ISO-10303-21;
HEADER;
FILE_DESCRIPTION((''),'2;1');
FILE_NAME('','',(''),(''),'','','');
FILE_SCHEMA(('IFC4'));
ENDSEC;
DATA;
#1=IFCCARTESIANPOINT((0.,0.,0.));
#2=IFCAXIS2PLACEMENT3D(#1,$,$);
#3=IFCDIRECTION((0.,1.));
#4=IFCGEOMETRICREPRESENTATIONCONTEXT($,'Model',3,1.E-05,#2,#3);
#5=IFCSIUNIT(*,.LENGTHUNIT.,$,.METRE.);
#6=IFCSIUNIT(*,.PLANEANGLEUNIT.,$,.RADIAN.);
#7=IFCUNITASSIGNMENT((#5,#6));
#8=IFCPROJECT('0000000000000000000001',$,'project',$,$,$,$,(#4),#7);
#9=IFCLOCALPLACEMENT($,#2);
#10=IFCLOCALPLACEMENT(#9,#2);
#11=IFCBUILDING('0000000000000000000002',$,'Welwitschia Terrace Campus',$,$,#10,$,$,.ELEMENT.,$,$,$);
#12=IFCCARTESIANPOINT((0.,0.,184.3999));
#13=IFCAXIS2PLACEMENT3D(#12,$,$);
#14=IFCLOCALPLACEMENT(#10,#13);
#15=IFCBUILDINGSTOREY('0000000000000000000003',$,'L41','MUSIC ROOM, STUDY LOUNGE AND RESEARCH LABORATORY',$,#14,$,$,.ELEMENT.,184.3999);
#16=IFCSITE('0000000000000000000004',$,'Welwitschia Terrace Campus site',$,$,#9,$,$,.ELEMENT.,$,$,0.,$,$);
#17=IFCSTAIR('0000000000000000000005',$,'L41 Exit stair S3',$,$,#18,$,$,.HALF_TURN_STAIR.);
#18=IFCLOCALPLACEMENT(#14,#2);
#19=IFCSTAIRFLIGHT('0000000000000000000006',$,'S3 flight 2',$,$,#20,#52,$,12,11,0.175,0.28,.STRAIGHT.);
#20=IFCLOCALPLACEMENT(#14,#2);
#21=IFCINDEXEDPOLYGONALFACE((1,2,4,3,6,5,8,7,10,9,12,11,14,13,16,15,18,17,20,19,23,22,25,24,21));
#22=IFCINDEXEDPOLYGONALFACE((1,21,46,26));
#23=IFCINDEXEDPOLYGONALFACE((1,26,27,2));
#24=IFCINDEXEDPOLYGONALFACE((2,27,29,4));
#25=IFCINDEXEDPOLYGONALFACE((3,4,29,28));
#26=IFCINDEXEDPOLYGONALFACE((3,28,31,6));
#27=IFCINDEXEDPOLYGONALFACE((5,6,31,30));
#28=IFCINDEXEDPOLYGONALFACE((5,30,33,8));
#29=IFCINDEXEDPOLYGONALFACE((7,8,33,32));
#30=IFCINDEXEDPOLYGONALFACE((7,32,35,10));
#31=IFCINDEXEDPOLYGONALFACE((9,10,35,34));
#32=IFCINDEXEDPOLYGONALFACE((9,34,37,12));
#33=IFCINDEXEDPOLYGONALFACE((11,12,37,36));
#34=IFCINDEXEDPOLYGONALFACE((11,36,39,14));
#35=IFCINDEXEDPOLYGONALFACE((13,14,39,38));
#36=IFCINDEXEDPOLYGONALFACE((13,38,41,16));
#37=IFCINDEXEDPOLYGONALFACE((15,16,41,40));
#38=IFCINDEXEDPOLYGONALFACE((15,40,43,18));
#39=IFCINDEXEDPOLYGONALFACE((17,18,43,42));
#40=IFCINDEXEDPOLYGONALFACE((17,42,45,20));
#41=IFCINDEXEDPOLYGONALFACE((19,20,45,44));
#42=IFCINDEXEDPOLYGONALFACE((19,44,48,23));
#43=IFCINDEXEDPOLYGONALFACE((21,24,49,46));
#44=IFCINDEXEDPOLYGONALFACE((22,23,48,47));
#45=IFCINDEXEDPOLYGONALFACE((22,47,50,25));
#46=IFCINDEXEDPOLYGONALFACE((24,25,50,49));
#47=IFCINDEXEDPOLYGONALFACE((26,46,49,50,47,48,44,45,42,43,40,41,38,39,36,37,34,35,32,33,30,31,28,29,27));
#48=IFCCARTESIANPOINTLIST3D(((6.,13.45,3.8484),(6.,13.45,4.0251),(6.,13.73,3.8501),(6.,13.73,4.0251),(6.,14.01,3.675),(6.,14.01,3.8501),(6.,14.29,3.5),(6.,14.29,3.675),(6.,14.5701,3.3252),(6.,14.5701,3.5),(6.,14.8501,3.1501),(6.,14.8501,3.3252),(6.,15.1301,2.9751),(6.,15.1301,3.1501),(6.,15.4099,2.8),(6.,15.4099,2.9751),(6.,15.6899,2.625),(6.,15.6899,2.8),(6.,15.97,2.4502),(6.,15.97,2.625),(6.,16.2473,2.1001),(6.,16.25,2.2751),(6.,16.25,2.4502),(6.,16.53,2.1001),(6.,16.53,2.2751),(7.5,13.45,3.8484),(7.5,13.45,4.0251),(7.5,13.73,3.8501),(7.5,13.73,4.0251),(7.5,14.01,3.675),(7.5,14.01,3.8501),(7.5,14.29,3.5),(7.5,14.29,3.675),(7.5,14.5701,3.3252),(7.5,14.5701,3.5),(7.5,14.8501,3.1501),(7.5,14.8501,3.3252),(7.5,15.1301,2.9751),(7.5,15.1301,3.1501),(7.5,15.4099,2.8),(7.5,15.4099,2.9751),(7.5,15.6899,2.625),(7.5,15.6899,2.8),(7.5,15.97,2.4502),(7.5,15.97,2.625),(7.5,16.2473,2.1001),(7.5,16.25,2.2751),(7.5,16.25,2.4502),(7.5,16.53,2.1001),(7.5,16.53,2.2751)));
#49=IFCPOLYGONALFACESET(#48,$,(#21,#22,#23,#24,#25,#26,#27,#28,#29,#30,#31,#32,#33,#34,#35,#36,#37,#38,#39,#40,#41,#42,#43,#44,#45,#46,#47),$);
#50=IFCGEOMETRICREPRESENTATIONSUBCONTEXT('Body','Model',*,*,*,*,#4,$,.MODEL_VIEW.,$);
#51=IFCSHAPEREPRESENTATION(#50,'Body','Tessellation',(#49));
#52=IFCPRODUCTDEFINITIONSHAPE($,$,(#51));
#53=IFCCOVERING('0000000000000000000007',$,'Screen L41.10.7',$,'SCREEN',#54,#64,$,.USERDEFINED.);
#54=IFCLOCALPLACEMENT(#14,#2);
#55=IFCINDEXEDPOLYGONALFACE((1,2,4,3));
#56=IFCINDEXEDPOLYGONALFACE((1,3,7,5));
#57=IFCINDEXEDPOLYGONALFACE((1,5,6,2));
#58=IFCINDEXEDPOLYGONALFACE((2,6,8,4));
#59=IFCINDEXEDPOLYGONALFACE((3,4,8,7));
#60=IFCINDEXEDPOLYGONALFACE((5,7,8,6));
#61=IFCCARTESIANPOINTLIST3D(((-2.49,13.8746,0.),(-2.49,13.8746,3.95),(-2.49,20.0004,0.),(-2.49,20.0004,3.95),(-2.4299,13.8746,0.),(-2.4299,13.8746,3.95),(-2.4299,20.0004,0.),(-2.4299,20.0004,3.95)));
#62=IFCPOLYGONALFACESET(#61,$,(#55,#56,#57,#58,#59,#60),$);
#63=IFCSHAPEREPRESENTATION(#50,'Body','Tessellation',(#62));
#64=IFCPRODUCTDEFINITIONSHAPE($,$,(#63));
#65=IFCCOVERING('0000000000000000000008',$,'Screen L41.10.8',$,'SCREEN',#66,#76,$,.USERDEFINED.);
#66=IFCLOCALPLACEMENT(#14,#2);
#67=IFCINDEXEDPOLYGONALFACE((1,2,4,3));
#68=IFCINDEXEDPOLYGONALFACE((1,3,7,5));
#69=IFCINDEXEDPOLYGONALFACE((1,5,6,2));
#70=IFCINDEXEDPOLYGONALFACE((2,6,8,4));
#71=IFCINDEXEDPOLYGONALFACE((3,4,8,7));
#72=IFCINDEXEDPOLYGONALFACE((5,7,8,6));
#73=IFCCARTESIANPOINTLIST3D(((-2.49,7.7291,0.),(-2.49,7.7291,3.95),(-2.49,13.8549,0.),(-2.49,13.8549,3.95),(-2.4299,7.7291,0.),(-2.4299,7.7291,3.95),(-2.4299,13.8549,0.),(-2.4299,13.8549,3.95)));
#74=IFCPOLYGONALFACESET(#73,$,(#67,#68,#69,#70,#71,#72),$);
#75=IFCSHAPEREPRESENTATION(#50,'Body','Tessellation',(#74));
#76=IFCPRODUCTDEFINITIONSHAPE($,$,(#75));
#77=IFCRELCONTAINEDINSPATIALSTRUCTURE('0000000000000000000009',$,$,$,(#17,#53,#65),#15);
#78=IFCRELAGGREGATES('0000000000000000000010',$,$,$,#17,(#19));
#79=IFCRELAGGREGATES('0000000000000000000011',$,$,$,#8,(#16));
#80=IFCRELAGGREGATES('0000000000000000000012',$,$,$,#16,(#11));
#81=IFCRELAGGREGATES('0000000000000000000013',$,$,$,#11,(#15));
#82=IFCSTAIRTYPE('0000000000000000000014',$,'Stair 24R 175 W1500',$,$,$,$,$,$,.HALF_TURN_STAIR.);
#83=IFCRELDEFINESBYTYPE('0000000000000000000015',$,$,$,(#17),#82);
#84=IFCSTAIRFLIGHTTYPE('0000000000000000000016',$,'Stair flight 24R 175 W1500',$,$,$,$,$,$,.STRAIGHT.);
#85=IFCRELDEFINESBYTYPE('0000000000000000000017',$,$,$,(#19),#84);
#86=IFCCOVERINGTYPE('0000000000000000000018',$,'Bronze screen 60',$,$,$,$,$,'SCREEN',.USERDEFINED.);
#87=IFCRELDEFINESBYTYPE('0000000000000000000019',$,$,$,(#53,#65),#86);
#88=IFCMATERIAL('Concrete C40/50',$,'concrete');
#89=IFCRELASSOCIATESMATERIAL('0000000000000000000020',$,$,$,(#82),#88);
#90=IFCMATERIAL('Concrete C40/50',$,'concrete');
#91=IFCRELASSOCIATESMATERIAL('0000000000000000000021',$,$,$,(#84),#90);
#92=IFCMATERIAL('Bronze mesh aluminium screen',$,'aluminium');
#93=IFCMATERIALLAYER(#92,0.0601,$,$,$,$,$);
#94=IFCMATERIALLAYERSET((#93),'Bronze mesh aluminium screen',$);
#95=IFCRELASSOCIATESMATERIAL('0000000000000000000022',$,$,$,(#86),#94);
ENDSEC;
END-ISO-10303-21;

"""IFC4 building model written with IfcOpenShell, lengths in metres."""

from ifc_helpers import new_model, si_unit, direction, frame, origin, origin_2d, place, context, subcontext, project, spatial, polyline, rectangle, outline, extrude, material, layer, layer_set, type_object, element, aggregate, save


model = new_model("IFC4")

# Units and contexts
model_context = context("Model", 3, precision=1e-05, world=origin(), true_north=direction((0.0, 1.0)))
body_context = subcontext(model_context, "Body", "Model", "MODEL_VIEW")
ifc_project = project(units=[si_unit("LENGTHUNIT", "METRE"), si_unit("PLANEANGLEUNIT", "RADIAN")], contexts=[model_context])

# Site, building, storey
site_placement = place(None, origin())
site = spatial("IfcSite", under=ifc_project, at=site_placement, Name="Welwitschia Terrace Campus site", CompositionType="ELEMENT", RefElevation=0.0)
building_placement = place(site_placement, origin())
building = spatial("IfcBuilding", under=site, at=building_placement, Name="Welwitschia Terrace Campus", CompositionType="ELEMENT")
storey_placement = place(building_placement, frame((0.0, 0.0, 184.3999)))
storey = spatial("IfcBuildingStorey", under=building, at=storey_placement, Name="L41", Description="MUSIC ROOM, STUDY LOUNGE AND RESEARCH LABORATORY", CompositionType="ELEMENT", Elevation=184.3999)

# Stair, stair flight
ifc_material_1 = material(Name="Concrete C40/50", Category="concrete")
stair_type = type_object("IfcStairType", Name="Stair 24R 175 W1500", PredefinedType="HALF_TURN_STAIR", material=ifc_material_1)
ifc_material_2 = material(Name="Concrete C40/50", Category="concrete")
stair_flight_type = type_object("IfcStairFlightType", Name="Stair flight 24R 175 W1500", PredefinedType="STRAIGHT", material=ifc_material_2)
stair_1_placement = place(storey_placement, origin())
stair_1 = element("IfcStair", 1, at=stair_1_placement, inside=storey, type_object=stair_type, Name="L41 Exit stair S3", PredefinedType="HALF_TURN_STAIR")
stair_flight_1_placement = place(storey_placement, frame((6.75, 16.53, 2.1001), z_axis=(0.0, 0.0, 1.0), x_axis=(0.0, -1.0, 0.0)))
stair_flight_1 = element("IfcStairFlight", 2, at=stair_flight_1_placement, type_object=stair_flight_type, Name="S3 flight 2", NumberOfRisers=12, NumberOfTreads=11, PredefinedType="STRAIGHT", RiserHeight=0.175, TreadLength=0.28, context=body_context, shape_type="SweptSolid", body=[
    extrude(outline(polyline([(0.0, 0.0), (0.0, 0.175), (0.28, 0.175), (0.28, 0.3501), (0.5601, 0.3501), (0.5601, 0.5249), (0.8401, 0.5249), (0.8401, 0.7), (1.1201, 0.7), (1.1201, 0.875), (1.3999, 0.875), (1.3999, 1.05), (1.6799, 1.05), (1.6799, 1.2251), (1.96, 1.2251), (1.96, 1.3999), (2.24, 1.3999), (2.24, 1.575), (2.52, 1.575), (2.52, 1.75), (2.8, 1.75), (2.8, 1.925), (3.0801, 1.925), (3.0801, 2.1001), (3.0801, 1.7483), (0.2827, 0.0), (0.0, 0.0)])), frame((0.0, 0.75, 0.0), z_axis=(0.0, -1.0, 0.0), x_axis=(1.0, 0.0, 0.0)), (0.0, 0.0, 1.0), 1.5),
])
aggregate(stair_1, [stair_flight_1])

# Coverings
ifc_material_3 = material(Name="Bronze mesh aluminium screen", Category="aluminium")
ifc_layer_1 = layer(ifc_material_3, 0.0601)
ifc_layer_set_1 = layer_set([ifc_layer_1], Name="Bronze mesh aluminium screen")
covering_type = type_object("IfcCoveringType", Name="Bronze screen 60", ElementType="SCREEN", PredefinedType="USERDEFINED", material=ifc_layer_set_1)
for number, where, z_axis, x_axis, name in (
    (3, (-2.46, 16.9375, 0.0), (0.0, 0.0, 1.0), (0.0, -1.0, 0.0), "Screen L41.10.7"),
    (4, (-2.46, 10.792, 0.0), (0.0, 0.0, 1.0), (0.0, -1.0, 0.0), "Screen L41.10.8"),
):
    element("IfcCovering", number, at=place(storey_placement, frame(where, z_axis=z_axis, x_axis=x_axis)), inside=storey, type_object=covering_type, Name=name, ObjectType="SCREEN", PredefinedType="USERDEFINED", context=body_context, shape_type="SweptSolid", body=[
        extrude(rectangle(XDim=6.1257, YDim=0.0601, at=origin_2d()), origin(), (0.0, 0.0, 1.0), 3.95),
    ])

save(model, "model.ifc")
